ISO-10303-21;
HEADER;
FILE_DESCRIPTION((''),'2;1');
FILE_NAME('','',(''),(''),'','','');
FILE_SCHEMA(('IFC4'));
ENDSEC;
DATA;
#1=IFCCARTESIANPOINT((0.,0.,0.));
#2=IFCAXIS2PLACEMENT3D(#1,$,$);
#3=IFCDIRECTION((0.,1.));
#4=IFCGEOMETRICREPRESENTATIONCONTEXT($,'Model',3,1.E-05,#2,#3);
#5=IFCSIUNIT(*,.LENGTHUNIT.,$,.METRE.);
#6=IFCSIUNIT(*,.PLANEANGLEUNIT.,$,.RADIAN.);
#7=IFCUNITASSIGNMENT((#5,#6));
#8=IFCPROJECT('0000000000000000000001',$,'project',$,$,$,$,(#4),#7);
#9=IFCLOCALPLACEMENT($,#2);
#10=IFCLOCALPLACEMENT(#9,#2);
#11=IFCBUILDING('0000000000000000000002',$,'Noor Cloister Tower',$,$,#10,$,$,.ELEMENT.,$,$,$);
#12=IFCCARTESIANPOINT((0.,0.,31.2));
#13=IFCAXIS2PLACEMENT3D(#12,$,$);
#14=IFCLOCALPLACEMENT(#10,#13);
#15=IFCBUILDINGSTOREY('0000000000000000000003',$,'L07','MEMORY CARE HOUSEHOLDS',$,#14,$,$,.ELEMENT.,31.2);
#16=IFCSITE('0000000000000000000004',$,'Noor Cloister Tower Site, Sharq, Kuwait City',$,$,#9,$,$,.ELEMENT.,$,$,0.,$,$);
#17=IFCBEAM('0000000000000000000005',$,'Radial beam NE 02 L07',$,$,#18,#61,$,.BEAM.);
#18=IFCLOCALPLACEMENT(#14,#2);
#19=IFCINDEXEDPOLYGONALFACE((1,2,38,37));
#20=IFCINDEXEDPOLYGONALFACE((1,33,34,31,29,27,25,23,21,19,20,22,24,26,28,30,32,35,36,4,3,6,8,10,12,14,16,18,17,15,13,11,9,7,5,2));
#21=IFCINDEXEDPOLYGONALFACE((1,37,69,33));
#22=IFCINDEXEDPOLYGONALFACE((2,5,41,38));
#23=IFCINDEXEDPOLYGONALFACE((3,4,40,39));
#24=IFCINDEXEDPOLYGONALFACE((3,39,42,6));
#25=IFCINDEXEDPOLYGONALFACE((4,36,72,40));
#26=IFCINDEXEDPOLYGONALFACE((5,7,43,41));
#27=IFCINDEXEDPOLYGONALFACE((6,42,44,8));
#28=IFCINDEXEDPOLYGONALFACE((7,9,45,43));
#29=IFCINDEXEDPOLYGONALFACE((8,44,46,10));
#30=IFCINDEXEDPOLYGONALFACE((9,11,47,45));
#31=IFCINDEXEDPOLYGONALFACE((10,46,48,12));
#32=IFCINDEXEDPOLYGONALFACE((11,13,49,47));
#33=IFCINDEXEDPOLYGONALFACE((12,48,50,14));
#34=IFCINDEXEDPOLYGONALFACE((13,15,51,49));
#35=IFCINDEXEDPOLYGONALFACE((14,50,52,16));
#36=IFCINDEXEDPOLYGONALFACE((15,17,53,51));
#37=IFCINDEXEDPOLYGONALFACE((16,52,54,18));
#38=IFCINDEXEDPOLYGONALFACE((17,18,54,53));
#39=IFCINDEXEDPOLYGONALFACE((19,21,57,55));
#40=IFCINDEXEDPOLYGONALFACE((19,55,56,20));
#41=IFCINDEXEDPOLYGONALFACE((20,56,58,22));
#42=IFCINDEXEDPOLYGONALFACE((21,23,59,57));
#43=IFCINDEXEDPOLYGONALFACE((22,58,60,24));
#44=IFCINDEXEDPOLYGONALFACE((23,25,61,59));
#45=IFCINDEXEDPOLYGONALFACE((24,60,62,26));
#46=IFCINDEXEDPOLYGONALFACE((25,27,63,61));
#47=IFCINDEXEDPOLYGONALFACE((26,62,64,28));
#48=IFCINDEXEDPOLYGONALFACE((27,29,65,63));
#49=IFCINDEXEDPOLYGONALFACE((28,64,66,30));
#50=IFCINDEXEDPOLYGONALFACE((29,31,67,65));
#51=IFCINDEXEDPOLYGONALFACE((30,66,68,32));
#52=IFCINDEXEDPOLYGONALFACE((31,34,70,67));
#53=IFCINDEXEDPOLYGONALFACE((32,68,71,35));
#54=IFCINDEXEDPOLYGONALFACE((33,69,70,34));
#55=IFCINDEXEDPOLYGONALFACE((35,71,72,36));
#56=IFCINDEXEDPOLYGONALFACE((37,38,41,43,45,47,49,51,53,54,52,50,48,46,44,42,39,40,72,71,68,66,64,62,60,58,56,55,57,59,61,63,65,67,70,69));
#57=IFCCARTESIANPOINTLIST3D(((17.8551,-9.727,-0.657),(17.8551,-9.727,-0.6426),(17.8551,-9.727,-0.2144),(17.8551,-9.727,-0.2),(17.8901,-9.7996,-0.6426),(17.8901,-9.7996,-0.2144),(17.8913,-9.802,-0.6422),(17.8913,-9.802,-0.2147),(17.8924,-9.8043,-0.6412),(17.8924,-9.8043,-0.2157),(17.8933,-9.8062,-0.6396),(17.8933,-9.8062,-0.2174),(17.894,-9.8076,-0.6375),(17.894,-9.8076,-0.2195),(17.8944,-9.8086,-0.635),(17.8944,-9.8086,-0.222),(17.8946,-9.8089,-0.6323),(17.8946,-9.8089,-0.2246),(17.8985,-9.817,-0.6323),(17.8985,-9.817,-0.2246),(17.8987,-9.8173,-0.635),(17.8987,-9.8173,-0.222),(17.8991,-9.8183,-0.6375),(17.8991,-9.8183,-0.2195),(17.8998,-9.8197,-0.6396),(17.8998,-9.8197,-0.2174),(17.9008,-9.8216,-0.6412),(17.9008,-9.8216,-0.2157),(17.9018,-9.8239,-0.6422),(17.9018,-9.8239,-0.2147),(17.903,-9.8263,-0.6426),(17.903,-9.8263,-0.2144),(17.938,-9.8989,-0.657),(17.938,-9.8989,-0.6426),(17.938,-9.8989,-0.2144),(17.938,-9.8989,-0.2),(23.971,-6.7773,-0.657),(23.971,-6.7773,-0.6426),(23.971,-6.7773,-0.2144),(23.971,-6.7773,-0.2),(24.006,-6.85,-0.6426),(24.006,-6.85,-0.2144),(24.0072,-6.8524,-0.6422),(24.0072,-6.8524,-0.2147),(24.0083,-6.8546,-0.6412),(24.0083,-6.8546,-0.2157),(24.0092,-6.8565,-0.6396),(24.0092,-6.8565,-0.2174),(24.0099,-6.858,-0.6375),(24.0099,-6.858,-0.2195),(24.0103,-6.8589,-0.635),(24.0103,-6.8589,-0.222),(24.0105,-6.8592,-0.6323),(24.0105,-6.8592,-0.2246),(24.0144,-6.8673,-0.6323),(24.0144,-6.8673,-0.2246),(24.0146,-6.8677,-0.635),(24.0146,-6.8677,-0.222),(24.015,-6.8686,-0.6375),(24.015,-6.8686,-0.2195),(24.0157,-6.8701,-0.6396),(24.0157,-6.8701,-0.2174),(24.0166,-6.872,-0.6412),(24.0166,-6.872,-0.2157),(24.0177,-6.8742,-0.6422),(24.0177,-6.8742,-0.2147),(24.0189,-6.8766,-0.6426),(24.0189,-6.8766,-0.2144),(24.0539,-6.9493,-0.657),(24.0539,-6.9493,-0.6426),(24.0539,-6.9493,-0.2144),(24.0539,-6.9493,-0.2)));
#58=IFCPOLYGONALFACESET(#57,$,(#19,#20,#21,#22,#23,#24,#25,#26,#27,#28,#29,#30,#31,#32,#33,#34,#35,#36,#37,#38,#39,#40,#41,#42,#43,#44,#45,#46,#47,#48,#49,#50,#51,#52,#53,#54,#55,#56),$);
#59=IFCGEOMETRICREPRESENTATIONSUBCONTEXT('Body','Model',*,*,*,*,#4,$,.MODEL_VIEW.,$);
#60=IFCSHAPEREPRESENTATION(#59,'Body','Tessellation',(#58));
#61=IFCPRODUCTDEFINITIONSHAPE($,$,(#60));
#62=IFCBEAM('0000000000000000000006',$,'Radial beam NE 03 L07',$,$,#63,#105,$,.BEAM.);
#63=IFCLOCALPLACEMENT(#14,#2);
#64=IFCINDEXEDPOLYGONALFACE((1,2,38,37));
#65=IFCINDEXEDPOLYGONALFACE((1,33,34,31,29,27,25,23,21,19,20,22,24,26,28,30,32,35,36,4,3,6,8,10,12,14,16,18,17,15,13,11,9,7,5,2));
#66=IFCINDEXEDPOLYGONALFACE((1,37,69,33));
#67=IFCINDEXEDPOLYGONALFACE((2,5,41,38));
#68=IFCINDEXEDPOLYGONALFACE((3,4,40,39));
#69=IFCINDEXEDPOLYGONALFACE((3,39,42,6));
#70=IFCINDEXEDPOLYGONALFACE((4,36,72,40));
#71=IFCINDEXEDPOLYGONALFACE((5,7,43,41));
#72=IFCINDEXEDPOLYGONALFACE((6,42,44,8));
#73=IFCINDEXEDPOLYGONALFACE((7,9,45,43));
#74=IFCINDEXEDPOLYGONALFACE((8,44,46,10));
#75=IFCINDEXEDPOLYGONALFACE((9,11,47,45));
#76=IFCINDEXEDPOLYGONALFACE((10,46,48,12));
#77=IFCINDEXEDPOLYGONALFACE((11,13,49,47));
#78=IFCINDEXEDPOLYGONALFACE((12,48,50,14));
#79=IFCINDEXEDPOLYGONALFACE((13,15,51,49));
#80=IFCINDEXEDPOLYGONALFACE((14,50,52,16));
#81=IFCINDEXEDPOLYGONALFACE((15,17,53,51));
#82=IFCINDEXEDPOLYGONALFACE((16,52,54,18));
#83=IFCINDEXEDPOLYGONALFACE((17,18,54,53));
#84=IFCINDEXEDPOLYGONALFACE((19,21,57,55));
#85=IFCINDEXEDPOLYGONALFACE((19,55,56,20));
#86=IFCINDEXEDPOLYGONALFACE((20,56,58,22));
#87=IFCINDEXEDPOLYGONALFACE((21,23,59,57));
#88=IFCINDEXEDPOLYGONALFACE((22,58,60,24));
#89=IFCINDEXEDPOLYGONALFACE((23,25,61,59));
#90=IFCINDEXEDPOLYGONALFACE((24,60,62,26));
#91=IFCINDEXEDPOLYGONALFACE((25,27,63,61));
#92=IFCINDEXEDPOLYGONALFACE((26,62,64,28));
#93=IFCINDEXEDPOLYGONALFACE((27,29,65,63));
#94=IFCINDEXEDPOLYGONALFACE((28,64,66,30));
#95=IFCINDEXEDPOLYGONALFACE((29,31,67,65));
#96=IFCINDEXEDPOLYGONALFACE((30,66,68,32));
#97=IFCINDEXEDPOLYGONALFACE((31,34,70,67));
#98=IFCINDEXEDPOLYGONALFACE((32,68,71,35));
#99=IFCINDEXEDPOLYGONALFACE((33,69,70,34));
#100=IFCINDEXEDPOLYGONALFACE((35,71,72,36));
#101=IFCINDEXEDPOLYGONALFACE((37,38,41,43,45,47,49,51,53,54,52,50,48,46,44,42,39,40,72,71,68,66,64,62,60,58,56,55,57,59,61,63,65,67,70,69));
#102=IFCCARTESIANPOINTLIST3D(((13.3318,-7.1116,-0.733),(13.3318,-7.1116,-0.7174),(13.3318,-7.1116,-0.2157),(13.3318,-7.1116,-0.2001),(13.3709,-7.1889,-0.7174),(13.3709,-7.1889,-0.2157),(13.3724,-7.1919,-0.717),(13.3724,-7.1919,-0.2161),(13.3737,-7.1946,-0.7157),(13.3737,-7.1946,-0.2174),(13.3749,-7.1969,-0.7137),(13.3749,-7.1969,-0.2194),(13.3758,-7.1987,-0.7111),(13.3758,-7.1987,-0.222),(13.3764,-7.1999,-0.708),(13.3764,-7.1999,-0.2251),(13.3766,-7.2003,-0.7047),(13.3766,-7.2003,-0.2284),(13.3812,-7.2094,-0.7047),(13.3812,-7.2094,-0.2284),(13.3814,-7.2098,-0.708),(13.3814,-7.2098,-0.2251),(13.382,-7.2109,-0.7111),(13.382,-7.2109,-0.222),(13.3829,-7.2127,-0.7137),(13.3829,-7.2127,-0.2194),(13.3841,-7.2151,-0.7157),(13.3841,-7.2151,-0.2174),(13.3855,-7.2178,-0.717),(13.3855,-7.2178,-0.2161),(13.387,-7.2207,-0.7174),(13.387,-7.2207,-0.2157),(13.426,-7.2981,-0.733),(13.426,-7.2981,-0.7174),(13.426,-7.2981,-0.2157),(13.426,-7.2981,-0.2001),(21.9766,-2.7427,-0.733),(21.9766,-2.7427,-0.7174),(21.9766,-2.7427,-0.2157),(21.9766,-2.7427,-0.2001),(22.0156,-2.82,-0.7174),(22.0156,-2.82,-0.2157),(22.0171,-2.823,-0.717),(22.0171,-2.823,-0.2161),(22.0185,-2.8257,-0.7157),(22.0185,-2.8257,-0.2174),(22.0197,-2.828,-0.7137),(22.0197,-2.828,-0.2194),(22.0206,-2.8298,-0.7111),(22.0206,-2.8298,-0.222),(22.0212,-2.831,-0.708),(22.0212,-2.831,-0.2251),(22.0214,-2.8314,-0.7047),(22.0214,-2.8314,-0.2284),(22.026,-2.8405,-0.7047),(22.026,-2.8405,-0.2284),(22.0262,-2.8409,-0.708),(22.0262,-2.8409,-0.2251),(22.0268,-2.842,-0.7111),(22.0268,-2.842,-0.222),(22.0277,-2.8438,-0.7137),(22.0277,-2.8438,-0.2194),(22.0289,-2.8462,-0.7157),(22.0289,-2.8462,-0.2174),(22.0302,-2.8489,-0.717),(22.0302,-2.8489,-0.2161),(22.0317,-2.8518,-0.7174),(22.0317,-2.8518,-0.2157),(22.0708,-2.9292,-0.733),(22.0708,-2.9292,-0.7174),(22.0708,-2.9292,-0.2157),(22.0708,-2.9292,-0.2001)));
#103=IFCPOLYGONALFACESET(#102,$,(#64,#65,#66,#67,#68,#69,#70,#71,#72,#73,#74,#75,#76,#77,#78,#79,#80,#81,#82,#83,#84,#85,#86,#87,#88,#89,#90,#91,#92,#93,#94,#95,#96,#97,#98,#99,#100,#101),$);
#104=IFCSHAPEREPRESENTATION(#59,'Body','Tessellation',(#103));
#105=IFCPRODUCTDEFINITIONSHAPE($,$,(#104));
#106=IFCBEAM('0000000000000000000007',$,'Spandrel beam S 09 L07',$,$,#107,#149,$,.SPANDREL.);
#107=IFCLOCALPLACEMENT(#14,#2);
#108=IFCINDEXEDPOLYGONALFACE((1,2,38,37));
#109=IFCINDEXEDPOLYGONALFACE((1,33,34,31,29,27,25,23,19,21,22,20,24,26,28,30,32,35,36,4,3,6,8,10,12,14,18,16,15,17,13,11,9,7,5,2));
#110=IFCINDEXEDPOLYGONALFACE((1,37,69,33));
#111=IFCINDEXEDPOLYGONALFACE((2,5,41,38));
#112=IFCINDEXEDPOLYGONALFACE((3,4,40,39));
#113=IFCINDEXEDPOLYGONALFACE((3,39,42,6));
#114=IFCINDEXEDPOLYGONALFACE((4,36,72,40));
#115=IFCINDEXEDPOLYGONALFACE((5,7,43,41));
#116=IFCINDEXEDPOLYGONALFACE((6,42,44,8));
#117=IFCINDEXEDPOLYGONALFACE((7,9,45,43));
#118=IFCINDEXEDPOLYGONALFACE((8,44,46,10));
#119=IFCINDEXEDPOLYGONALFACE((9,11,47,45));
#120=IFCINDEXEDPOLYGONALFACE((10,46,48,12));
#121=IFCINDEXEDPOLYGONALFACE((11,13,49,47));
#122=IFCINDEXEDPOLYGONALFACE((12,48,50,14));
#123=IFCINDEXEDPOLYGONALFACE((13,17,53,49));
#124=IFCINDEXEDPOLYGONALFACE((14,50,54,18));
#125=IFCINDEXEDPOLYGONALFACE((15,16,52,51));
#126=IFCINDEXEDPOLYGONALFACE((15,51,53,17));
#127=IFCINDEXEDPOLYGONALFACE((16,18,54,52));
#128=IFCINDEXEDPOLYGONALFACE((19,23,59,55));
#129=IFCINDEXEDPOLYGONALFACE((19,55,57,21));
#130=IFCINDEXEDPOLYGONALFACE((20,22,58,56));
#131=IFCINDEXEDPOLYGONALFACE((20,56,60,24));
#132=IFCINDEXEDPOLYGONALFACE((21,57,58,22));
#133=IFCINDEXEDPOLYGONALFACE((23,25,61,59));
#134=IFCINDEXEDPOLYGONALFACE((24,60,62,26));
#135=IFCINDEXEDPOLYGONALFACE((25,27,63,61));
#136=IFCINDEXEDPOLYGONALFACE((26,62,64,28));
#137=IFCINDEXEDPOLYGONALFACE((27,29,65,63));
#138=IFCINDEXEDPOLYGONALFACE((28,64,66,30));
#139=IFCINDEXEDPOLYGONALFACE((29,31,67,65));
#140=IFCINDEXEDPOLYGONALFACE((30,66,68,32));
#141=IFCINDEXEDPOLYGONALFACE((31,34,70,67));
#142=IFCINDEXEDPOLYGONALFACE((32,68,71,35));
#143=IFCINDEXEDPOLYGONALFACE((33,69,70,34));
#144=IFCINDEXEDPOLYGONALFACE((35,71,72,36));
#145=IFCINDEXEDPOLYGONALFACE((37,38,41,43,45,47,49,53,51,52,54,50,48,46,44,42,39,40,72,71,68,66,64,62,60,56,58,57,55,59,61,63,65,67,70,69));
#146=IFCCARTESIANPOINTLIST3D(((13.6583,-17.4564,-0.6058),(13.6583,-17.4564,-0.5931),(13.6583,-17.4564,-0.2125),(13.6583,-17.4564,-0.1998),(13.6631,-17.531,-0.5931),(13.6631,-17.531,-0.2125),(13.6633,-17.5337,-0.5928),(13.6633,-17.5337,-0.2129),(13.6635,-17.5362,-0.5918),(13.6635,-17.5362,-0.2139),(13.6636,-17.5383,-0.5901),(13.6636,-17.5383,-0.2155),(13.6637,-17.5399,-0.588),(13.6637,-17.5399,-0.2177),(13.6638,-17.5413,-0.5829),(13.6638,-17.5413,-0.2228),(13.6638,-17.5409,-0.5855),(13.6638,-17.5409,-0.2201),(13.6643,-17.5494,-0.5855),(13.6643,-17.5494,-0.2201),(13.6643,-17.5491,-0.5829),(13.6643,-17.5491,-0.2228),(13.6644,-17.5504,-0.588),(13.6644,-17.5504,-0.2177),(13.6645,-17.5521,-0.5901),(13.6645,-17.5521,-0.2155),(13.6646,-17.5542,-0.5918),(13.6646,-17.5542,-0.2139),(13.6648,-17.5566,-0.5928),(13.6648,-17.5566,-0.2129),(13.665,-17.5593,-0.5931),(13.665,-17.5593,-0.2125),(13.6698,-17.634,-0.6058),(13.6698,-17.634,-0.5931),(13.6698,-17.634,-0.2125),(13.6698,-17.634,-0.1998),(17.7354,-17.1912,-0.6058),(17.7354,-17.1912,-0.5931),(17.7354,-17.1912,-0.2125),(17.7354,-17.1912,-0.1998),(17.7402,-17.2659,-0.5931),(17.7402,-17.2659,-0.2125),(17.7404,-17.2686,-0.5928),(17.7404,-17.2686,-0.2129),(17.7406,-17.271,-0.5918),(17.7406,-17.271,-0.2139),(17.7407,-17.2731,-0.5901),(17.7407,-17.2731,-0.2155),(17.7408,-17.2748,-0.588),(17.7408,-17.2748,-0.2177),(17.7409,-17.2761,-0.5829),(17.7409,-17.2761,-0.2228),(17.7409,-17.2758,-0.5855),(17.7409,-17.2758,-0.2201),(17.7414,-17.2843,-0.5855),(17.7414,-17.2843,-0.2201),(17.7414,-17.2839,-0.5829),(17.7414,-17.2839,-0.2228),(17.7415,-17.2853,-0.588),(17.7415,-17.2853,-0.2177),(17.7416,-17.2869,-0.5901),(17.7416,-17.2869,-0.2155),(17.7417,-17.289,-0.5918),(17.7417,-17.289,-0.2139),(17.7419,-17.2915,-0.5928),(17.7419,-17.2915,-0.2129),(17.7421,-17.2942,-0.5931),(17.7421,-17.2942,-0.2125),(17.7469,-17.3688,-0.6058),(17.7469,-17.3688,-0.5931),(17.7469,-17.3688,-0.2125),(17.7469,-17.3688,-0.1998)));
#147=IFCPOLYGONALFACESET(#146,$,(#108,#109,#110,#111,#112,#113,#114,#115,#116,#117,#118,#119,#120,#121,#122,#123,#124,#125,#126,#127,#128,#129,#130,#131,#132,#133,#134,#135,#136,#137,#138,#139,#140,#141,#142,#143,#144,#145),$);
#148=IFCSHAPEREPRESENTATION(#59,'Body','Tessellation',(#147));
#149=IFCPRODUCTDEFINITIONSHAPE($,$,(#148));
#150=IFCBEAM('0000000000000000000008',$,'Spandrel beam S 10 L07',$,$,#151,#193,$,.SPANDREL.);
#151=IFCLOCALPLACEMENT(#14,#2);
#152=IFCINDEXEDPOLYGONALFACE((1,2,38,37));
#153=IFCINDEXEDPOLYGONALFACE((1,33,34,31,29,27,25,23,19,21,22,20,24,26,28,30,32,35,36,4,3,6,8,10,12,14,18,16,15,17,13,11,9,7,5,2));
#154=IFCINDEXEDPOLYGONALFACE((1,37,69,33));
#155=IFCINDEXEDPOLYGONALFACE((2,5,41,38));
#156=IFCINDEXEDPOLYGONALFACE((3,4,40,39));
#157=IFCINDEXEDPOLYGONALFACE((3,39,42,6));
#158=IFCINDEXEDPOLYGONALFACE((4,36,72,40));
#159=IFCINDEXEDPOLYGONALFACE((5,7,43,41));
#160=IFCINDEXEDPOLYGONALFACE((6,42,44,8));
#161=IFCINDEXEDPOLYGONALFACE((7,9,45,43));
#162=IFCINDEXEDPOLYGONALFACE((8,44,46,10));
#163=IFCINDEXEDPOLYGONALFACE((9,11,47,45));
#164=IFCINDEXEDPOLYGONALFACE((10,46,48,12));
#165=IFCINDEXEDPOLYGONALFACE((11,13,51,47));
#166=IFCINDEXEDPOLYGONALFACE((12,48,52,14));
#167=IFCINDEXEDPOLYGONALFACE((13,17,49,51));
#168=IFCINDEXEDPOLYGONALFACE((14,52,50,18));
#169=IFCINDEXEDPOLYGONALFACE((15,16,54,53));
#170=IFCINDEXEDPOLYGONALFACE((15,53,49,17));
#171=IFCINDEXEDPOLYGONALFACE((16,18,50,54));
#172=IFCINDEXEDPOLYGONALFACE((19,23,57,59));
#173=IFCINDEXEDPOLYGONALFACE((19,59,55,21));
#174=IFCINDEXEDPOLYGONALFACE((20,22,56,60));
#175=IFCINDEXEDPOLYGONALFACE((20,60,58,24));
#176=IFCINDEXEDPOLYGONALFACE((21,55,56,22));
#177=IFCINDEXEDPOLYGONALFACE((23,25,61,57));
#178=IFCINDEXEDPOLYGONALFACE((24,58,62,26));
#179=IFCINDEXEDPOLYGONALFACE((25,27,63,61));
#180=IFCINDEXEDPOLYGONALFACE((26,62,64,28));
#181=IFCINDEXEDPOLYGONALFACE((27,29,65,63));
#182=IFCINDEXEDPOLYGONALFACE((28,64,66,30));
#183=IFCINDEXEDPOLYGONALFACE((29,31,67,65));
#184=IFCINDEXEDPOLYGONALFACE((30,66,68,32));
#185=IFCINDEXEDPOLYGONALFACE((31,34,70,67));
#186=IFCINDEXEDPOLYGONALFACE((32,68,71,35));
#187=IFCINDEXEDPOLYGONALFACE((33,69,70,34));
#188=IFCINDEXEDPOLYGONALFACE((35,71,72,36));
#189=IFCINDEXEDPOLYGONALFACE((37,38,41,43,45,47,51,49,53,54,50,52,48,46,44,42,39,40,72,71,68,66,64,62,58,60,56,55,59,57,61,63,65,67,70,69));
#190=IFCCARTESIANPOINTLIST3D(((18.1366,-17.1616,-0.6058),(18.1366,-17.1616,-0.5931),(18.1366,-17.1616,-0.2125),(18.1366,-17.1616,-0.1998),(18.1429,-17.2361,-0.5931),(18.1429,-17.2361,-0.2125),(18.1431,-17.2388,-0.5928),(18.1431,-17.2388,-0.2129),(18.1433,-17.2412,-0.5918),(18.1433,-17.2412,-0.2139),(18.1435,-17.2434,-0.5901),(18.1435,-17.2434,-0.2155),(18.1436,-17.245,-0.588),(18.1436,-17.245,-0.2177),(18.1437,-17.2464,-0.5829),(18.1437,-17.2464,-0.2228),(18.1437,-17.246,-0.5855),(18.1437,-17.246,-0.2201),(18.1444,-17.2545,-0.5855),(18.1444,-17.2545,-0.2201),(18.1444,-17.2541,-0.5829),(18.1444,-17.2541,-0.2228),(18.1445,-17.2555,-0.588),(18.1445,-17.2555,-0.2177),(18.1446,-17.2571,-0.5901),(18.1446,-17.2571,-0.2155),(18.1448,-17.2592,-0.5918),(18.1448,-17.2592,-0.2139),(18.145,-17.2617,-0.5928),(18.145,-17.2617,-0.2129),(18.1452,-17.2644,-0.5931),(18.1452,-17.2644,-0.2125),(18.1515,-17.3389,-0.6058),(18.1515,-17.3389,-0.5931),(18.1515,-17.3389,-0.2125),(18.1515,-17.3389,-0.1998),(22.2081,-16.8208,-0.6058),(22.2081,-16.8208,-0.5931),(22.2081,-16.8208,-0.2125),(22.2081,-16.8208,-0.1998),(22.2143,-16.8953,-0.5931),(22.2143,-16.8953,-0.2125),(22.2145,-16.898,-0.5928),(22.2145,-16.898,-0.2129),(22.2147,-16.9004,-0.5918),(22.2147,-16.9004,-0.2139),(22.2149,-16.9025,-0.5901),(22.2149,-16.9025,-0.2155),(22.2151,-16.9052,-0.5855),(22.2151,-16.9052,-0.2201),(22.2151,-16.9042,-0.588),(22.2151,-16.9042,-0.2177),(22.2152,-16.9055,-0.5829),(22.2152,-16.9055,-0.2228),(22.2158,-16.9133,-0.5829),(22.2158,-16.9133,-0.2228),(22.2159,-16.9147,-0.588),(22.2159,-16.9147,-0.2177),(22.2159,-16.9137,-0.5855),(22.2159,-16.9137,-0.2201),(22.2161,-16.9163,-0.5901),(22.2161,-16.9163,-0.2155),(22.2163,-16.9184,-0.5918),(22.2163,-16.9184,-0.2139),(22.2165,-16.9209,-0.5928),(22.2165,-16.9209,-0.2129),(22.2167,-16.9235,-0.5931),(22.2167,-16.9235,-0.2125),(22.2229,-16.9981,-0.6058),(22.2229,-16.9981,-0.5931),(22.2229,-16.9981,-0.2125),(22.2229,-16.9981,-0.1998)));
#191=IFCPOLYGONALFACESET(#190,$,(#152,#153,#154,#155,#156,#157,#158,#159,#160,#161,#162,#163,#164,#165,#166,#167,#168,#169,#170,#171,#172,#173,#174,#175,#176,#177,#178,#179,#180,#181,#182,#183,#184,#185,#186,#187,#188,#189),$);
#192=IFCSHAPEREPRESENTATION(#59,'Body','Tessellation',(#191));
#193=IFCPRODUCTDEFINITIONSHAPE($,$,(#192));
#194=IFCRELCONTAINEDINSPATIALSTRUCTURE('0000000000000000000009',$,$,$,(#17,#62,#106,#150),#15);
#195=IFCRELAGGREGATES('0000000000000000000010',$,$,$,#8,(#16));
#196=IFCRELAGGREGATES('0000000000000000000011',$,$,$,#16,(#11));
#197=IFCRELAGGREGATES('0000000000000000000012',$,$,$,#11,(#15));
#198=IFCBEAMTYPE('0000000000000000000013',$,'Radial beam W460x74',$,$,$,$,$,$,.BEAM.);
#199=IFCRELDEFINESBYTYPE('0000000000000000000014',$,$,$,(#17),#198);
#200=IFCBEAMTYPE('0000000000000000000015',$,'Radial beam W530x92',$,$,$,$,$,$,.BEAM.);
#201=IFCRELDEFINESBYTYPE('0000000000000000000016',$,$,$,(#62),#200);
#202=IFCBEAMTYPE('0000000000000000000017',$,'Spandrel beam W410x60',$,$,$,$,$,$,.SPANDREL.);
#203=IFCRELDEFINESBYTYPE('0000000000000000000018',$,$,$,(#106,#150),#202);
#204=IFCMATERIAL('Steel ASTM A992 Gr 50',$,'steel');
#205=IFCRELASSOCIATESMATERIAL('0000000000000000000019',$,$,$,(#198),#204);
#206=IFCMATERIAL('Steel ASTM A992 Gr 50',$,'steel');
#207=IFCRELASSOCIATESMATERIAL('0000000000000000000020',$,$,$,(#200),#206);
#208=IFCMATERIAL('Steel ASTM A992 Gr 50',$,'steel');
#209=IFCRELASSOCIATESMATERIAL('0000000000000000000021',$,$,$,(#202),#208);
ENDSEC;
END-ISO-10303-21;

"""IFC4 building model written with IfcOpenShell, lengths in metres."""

from ifc_helpers import new_model, si_unit, direction, frame, origin, origin_2d, place, context, subcontext, project, spatial, i_section, extrude, material, material_profile, profile_set, type_object, element, save


model = new_model("IFC4")

# Units and contexts
model_context = context("Model", 3, precision=1e-05, world=origin(), true_north=direction((0.0, 1.0)))
body_context = subcontext(model_context, "Body", "Model", "MODEL_VIEW")
ifc_project = project(units=[si_unit("LENGTHUNIT", "METRE"), si_unit("PLANEANGLEUNIT", "RADIAN")], contexts=[model_context])

# Site, building, storey
site_placement = place(None, origin())
site = spatial("IfcSite", under=ifc_project, at=site_placement, Name="Noor Cloister Tower Site, Sharq, Kuwait City", CompositionType="ELEMENT", RefElevation=0.0)
building_placement = place(site_placement, origin())
building = spatial("IfcBuilding", under=site, at=building_placement, Name="Noor Cloister Tower", CompositionType="ELEMENT")
storey_placement = place(building_placement, frame((0.0, 0.0, 31.2)))
storey = spatial("IfcBuildingStorey", under=building, at=storey_placement, Name="L07", Description="MEMORY CARE HOUSEHOLDS", CompositionType="ELEMENT", Elevation=31.2)

# Beams
ifc_material_1 = material(Name="Steel ASTM A992 Gr 50", Category="steel")
ifc_material_profile_1 = material_profile(ifc_material_1, i_section(OverallWidth=0.1909, OverallDepth=0.457, WebThickness=0.009, FlangeThickness=0.0144, FilletRadius=0.0103, at=origin_2d()), Name="W460x74")
ifc_profile_set_1 = profile_set([ifc_material_profile_1], Name="Steel ASTM A992 Gr 50")
beam_type_1 = type_object("IfcBeamType", Name="Radial beam W460x74", PredefinedType="BEAM", material=ifc_profile_set_1)
beam_1_placement = place(storey_placement, frame((24.0125, -6.8633, -0.4285), z_axis=(-0.900715, -0.434411, 0.0), x_axis=(0.434411, -0.900715, 0.0)))
element("IfcBeam", 1, at=beam_1_placement, inside=storey, type_object=beam_type_1, Name="Radial beam NE 02 L07", PredefinedType="BEAM", context=body_context, shape_type="SweptSolid", body=[
    extrude(i_section(OverallWidth=0.1909, OverallDepth=0.457, WebThickness=0.009, FlangeThickness=0.0144, FilletRadius=0.0103, at=origin_2d()), origin(), (0.0, 0.0, 1.0), 6.79),
])
ifc_material_2 = material(Name="Steel ASTM A992 Gr 50", Category="steel")
ifc_material_profile_2 = material_profile(ifc_material_2, i_section(OverallWidth=0.209, OverallDepth=0.533, WebThickness=0.0103, FlangeThickness=0.0156, FilletRadius=0.0127, at=origin_2d()), Name="W530x92")
ifc_profile_set_2 = profile_set([ifc_material_profile_2], Name="Steel ASTM A992 Gr 50")
beam_type_2 = type_object("IfcBeamType", Name="Radial beam W530x92", PredefinedType="BEAM", material=ifc_profile_set_2)
beam_2_placement = place(storey_placement, frame((22.0237, -2.8359, -0.4666), z_axis=(-0.892498, -0.451051, 0.0), x_axis=(0.451051, -0.892498, 0.0)))
element("IfcBeam", 2, at=beam_2_placement, inside=storey, type_object=beam_type_2, Name="Radial beam NE 03 L07", PredefinedType="BEAM", context=body_context, shape_type="SweptSolid", body=[
    extrude(i_section(OverallWidth=0.209, OverallDepth=0.533, WebThickness=0.0103, FlangeThickness=0.0156, FilletRadius=0.0127, at=origin_2d()), origin(), (0.0, 0.0, 1.0), 9.686),
])
ifc_material_3 = material(Name="Steel ASTM A992 Gr 50", Category="steel")
ifc_material_profile_3 = material_profile(ifc_material_3, i_section(OverallWidth=0.178, OverallDepth=0.406, WebThickness=0.0078, FlangeThickness=0.0127, FilletRadius=0.0103, at=origin_2d()), Name="W410x60")
ifc_profile_set_3 = profile_set([ifc_material_profile_3], Name="Steel ASTM A992 Gr 50")
beam_type_3 = type_object("IfcBeamType", Name="Spandrel beam W410x60", PredefinedType="SPANDREL", material=ifc_profile_set_3)
for number, where, z_axis, x_axis, name in (
    (3, (13.6641, -17.5452, -0.4028), (0.997892, 0.064893, 0.0), (-0.064893, 0.997892, 0.0), "Spandrel beam S 09 L07"),
    (4, (18.144, -17.2502, -0.4028), (0.996515, 0.083416, 0.0), (-0.083416, 0.996515, 0.0), "Spandrel beam S 10 L07"),
):
    element("IfcBeam", number, at=place(storey_placement, frame(where, z_axis=z_axis, x_axis=x_axis)), inside=storey, type_object=beam_type_3, Name=name, PredefinedType="SPANDREL", context=body_context, shape_type="SweptSolid", body=[
        extrude(i_section(OverallWidth=0.178, OverallDepth=0.406, WebThickness=0.0078, FlangeThickness=0.0127, FilletRadius=0.0103, at=origin_2d()), origin(), (0.0, 0.0, 1.0), 4.0857),
    ])

save(model, "model.ifc")
